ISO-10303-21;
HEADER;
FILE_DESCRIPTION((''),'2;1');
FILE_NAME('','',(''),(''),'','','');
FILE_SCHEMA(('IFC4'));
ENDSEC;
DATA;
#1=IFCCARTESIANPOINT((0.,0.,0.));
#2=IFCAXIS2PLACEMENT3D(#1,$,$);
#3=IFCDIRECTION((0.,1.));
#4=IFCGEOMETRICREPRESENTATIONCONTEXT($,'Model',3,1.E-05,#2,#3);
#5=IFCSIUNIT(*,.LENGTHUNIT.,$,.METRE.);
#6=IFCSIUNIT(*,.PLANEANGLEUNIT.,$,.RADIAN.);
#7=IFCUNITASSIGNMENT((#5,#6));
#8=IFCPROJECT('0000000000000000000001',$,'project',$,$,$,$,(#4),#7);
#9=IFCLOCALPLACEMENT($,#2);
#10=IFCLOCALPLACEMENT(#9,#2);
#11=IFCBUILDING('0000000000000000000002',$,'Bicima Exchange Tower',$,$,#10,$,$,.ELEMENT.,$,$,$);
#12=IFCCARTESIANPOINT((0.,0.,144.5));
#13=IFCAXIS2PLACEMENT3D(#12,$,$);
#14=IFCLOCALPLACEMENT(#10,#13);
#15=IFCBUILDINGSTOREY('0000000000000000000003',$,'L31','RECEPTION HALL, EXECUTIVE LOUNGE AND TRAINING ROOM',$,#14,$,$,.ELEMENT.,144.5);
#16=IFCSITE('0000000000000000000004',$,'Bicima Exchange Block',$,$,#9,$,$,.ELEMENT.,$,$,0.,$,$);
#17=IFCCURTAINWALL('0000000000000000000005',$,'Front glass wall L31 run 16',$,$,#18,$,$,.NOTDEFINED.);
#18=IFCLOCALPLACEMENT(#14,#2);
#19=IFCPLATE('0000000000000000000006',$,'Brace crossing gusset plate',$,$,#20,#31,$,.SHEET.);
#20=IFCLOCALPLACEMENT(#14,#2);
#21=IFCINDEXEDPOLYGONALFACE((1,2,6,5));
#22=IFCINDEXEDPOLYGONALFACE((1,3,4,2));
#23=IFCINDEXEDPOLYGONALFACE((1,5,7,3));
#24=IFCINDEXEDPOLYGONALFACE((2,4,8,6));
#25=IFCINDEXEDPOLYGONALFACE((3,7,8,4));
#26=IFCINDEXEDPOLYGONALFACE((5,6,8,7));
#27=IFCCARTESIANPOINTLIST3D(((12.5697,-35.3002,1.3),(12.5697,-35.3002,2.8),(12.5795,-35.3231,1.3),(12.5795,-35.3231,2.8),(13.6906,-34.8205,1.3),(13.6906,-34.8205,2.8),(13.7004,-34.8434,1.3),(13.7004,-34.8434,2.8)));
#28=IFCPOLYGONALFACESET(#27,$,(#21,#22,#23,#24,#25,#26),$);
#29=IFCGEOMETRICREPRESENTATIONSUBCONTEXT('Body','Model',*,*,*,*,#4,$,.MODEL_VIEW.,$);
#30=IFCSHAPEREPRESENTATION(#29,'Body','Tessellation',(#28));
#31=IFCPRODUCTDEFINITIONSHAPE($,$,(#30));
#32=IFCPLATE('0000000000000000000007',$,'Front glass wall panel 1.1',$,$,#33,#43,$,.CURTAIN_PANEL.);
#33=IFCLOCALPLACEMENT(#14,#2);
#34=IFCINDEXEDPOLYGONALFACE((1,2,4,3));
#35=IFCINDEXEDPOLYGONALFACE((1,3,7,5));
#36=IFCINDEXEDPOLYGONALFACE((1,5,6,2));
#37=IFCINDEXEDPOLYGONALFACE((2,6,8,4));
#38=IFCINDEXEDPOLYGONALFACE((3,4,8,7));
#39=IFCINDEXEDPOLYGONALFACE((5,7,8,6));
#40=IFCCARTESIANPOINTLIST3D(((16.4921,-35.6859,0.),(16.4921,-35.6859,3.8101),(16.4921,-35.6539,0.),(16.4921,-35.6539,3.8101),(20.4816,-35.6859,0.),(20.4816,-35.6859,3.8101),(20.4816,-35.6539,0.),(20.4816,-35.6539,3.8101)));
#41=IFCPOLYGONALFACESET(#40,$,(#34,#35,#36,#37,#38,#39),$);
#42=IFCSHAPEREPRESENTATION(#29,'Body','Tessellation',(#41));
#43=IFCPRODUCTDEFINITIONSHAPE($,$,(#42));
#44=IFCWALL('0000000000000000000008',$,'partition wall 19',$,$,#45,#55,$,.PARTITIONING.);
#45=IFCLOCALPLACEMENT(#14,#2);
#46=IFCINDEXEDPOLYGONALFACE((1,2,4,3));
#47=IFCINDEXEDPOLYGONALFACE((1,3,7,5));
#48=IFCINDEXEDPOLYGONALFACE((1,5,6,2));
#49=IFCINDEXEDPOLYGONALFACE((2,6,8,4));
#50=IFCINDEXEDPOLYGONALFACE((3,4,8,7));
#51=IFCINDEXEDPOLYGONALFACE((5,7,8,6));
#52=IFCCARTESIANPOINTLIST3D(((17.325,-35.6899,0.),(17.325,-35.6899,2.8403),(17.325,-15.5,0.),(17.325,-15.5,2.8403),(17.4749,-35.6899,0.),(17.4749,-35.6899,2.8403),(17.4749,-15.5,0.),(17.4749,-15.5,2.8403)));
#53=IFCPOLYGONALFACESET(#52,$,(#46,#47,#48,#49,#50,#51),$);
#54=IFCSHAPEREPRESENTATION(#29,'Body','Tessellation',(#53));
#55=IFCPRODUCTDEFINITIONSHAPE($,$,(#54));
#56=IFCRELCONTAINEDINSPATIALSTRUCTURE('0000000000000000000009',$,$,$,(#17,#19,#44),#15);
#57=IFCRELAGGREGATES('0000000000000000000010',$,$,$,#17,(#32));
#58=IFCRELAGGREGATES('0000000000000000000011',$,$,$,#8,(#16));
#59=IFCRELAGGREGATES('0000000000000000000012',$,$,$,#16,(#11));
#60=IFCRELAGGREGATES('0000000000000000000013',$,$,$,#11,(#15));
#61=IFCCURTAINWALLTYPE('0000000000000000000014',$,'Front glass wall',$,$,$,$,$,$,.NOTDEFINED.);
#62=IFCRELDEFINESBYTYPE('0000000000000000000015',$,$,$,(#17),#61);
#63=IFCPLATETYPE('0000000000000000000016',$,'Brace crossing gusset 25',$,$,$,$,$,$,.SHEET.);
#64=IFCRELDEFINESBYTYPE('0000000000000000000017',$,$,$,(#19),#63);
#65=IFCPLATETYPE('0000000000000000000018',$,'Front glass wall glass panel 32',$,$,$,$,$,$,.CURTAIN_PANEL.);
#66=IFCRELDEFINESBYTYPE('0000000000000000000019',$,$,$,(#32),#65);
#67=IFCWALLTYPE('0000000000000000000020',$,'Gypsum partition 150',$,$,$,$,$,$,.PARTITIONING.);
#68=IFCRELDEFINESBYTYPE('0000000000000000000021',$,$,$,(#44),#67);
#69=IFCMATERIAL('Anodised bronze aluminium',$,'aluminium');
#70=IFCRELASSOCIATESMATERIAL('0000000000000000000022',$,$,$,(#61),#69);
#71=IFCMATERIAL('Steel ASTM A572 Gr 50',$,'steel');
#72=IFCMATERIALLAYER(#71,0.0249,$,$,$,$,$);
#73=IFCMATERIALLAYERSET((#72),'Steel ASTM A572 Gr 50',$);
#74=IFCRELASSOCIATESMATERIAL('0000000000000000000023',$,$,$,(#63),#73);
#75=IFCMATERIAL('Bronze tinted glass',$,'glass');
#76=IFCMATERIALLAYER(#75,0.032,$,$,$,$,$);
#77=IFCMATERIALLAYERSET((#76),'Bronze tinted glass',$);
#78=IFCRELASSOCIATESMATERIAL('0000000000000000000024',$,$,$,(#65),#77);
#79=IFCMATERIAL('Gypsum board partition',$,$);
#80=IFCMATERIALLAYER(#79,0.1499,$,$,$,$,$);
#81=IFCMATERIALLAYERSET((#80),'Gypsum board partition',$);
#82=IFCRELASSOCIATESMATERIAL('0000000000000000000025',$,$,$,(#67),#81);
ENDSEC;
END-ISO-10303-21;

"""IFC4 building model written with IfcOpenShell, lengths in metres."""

from ifc_helpers import new_model, si_unit, direction, frame, frame_2d, origin, origin_2d, place, context, subcontext, project, spatial, rectangle, extrude, material, layer, layer_set, type_object, element, aggregate, save


model = new_model("IFC4")

# Units and contexts
model_context = context("Model", 3, precision=1e-05, world=origin(), true_north=direction((0.0, 1.0)))
body_context = subcontext(model_context, "Body", "Model", "MODEL_VIEW")
ifc_project = project(units=[si_unit("LENGTHUNIT", "METRE"), si_unit("PLANEANGLEUNIT", "RADIAN")], contexts=[model_context])

# Site, building, storey
site_placement = place(None, origin())
site = spatial("IfcSite", under=ifc_project, at=site_placement, Name="Bicima Exchange Block", CompositionType="ELEMENT", RefElevation=0.0)
building_placement = place(site_placement, origin())
building = spatial("IfcBuilding", under=site, at=building_placement, Name="Bicima Exchange Tower", CompositionType="ELEMENT")
storey_placement = place(building_placement, frame((0.0, 0.0, 144.5)))
storey = spatial("IfcBuildingStorey", under=building, at=storey_placement, Name="L31", Description="RECEPTION HALL, EXECUTIVE LOUNGE AND TRAINING ROOM", CompositionType="ELEMENT", Elevation=144.5)

# Curtain wall
ifc_material_1 = material(Name="Anodised bronze aluminium", Category="aluminium")
curtain_wall_type = type_object("IfcCurtainWallType", Name="Front glass wall", PredefinedType="NOTDEFINED", material=ifc_material_1)
curtain_wall_1_placement = place(storey_placement, origin())
curtain_wall_1 = element("IfcCurtainWall", 1, at=curtain_wall_1_placement, inside=storey, type_object=curtain_wall_type, Name="Front glass wall L31 run 16", PredefinedType="NOTDEFINED")

# Shared definitions
ifc_material_2 = material(Name="Steel ASTM A572 Gr 50", Category="steel")

# Plates
ifc_layer_1 = layer(ifc_material_2, 0.0249)
ifc_layer_set_1 = layer_set([ifc_layer_1], Name="Steel ASTM A572 Gr 50")
plate_type_1 = type_object("IfcPlateType", Name="Brace crossing gusset 25", PredefinedType="SHEET", material=ifc_layer_set_1)
plate_1_placement = place(storey_placement, frame((13.135, -35.0718, 1.3), z_axis=(0.0, 0.0, 1.0), x_axis=(0.919355, 0.393429, 0.0)))
element("IfcPlate", 2, at=plate_1_placement, inside=storey, type_object=plate_type_1, Name="Brace crossing gusset plate", PredefinedType="SHEET", context=body_context, shape_type="SweptSolid", body=[
    extrude(rectangle(XDim=1.2192, YDim=0.0249, at=origin_2d()), origin(), (0.0, 0.0, 1.0), 1.5),
])
ifc_material_3 = material(Name="Bronze tinted glass", Category="glass")
ifc_layer_2 = layer(ifc_material_3, 0.032)
ifc_layer_set_2 = layer_set([ifc_layer_2], Name="Bronze tinted glass")
plate_type_2 = type_object("IfcPlateType", Name="Front glass wall glass panel 32", PredefinedType="CURTAIN_PANEL", material=ifc_layer_set_2)
plate_2_placement = place(storey_placement, frame((18.4868, -35.6699, 0.0), z_axis=(0.0, 0.0, 1.0), x_axis=(1.0, 0.0, 0.0)))
plate_2 = element("IfcPlate", 3, at=plate_2_placement, type_object=plate_type_2, Name="Front glass wall panel 1.1", PredefinedType="CURTAIN_PANEL", context=body_context, shape_type="SweptSolid", body=[
    extrude(rectangle(XDim=3.9895, YDim=0.032, at=origin_2d()), origin(), (0.0, 0.0, 1.0), 3.8101),
])
aggregate(curtain_wall_1, [plate_2])

# Wall
ifc_material_4 = material(Name="Gypsum board partition")
ifc_layer_3 = layer(ifc_material_4, 0.1499)
ifc_layer_set_3 = layer_set([ifc_layer_3], Name="Gypsum board partition")
wall_type = type_object("IfcWallType", Name="Gypsum partition 150", PredefinedType="PARTITIONING", material=ifc_layer_set_3)
wall_placement = place(storey_placement, frame((17.3999, -35.6899, 0.0), z_axis=(0.0, 0.0, 1.0), x_axis=(0.0, 1.0, 0.0)))
element("IfcWall", 4, at=wall_placement, inside=storey, type_object=wall_type, Name="partition wall 19", PredefinedType="PARTITIONING", context=body_context, shape_type="SweptSolid", body=[
    extrude(rectangle(XDim=20.1899, YDim=0.1499, at=frame_2d((10.095, 0.0))), origin(), (0.0, 0.0, 1.0), 2.8403),
])

save(model, "model.ifc")
